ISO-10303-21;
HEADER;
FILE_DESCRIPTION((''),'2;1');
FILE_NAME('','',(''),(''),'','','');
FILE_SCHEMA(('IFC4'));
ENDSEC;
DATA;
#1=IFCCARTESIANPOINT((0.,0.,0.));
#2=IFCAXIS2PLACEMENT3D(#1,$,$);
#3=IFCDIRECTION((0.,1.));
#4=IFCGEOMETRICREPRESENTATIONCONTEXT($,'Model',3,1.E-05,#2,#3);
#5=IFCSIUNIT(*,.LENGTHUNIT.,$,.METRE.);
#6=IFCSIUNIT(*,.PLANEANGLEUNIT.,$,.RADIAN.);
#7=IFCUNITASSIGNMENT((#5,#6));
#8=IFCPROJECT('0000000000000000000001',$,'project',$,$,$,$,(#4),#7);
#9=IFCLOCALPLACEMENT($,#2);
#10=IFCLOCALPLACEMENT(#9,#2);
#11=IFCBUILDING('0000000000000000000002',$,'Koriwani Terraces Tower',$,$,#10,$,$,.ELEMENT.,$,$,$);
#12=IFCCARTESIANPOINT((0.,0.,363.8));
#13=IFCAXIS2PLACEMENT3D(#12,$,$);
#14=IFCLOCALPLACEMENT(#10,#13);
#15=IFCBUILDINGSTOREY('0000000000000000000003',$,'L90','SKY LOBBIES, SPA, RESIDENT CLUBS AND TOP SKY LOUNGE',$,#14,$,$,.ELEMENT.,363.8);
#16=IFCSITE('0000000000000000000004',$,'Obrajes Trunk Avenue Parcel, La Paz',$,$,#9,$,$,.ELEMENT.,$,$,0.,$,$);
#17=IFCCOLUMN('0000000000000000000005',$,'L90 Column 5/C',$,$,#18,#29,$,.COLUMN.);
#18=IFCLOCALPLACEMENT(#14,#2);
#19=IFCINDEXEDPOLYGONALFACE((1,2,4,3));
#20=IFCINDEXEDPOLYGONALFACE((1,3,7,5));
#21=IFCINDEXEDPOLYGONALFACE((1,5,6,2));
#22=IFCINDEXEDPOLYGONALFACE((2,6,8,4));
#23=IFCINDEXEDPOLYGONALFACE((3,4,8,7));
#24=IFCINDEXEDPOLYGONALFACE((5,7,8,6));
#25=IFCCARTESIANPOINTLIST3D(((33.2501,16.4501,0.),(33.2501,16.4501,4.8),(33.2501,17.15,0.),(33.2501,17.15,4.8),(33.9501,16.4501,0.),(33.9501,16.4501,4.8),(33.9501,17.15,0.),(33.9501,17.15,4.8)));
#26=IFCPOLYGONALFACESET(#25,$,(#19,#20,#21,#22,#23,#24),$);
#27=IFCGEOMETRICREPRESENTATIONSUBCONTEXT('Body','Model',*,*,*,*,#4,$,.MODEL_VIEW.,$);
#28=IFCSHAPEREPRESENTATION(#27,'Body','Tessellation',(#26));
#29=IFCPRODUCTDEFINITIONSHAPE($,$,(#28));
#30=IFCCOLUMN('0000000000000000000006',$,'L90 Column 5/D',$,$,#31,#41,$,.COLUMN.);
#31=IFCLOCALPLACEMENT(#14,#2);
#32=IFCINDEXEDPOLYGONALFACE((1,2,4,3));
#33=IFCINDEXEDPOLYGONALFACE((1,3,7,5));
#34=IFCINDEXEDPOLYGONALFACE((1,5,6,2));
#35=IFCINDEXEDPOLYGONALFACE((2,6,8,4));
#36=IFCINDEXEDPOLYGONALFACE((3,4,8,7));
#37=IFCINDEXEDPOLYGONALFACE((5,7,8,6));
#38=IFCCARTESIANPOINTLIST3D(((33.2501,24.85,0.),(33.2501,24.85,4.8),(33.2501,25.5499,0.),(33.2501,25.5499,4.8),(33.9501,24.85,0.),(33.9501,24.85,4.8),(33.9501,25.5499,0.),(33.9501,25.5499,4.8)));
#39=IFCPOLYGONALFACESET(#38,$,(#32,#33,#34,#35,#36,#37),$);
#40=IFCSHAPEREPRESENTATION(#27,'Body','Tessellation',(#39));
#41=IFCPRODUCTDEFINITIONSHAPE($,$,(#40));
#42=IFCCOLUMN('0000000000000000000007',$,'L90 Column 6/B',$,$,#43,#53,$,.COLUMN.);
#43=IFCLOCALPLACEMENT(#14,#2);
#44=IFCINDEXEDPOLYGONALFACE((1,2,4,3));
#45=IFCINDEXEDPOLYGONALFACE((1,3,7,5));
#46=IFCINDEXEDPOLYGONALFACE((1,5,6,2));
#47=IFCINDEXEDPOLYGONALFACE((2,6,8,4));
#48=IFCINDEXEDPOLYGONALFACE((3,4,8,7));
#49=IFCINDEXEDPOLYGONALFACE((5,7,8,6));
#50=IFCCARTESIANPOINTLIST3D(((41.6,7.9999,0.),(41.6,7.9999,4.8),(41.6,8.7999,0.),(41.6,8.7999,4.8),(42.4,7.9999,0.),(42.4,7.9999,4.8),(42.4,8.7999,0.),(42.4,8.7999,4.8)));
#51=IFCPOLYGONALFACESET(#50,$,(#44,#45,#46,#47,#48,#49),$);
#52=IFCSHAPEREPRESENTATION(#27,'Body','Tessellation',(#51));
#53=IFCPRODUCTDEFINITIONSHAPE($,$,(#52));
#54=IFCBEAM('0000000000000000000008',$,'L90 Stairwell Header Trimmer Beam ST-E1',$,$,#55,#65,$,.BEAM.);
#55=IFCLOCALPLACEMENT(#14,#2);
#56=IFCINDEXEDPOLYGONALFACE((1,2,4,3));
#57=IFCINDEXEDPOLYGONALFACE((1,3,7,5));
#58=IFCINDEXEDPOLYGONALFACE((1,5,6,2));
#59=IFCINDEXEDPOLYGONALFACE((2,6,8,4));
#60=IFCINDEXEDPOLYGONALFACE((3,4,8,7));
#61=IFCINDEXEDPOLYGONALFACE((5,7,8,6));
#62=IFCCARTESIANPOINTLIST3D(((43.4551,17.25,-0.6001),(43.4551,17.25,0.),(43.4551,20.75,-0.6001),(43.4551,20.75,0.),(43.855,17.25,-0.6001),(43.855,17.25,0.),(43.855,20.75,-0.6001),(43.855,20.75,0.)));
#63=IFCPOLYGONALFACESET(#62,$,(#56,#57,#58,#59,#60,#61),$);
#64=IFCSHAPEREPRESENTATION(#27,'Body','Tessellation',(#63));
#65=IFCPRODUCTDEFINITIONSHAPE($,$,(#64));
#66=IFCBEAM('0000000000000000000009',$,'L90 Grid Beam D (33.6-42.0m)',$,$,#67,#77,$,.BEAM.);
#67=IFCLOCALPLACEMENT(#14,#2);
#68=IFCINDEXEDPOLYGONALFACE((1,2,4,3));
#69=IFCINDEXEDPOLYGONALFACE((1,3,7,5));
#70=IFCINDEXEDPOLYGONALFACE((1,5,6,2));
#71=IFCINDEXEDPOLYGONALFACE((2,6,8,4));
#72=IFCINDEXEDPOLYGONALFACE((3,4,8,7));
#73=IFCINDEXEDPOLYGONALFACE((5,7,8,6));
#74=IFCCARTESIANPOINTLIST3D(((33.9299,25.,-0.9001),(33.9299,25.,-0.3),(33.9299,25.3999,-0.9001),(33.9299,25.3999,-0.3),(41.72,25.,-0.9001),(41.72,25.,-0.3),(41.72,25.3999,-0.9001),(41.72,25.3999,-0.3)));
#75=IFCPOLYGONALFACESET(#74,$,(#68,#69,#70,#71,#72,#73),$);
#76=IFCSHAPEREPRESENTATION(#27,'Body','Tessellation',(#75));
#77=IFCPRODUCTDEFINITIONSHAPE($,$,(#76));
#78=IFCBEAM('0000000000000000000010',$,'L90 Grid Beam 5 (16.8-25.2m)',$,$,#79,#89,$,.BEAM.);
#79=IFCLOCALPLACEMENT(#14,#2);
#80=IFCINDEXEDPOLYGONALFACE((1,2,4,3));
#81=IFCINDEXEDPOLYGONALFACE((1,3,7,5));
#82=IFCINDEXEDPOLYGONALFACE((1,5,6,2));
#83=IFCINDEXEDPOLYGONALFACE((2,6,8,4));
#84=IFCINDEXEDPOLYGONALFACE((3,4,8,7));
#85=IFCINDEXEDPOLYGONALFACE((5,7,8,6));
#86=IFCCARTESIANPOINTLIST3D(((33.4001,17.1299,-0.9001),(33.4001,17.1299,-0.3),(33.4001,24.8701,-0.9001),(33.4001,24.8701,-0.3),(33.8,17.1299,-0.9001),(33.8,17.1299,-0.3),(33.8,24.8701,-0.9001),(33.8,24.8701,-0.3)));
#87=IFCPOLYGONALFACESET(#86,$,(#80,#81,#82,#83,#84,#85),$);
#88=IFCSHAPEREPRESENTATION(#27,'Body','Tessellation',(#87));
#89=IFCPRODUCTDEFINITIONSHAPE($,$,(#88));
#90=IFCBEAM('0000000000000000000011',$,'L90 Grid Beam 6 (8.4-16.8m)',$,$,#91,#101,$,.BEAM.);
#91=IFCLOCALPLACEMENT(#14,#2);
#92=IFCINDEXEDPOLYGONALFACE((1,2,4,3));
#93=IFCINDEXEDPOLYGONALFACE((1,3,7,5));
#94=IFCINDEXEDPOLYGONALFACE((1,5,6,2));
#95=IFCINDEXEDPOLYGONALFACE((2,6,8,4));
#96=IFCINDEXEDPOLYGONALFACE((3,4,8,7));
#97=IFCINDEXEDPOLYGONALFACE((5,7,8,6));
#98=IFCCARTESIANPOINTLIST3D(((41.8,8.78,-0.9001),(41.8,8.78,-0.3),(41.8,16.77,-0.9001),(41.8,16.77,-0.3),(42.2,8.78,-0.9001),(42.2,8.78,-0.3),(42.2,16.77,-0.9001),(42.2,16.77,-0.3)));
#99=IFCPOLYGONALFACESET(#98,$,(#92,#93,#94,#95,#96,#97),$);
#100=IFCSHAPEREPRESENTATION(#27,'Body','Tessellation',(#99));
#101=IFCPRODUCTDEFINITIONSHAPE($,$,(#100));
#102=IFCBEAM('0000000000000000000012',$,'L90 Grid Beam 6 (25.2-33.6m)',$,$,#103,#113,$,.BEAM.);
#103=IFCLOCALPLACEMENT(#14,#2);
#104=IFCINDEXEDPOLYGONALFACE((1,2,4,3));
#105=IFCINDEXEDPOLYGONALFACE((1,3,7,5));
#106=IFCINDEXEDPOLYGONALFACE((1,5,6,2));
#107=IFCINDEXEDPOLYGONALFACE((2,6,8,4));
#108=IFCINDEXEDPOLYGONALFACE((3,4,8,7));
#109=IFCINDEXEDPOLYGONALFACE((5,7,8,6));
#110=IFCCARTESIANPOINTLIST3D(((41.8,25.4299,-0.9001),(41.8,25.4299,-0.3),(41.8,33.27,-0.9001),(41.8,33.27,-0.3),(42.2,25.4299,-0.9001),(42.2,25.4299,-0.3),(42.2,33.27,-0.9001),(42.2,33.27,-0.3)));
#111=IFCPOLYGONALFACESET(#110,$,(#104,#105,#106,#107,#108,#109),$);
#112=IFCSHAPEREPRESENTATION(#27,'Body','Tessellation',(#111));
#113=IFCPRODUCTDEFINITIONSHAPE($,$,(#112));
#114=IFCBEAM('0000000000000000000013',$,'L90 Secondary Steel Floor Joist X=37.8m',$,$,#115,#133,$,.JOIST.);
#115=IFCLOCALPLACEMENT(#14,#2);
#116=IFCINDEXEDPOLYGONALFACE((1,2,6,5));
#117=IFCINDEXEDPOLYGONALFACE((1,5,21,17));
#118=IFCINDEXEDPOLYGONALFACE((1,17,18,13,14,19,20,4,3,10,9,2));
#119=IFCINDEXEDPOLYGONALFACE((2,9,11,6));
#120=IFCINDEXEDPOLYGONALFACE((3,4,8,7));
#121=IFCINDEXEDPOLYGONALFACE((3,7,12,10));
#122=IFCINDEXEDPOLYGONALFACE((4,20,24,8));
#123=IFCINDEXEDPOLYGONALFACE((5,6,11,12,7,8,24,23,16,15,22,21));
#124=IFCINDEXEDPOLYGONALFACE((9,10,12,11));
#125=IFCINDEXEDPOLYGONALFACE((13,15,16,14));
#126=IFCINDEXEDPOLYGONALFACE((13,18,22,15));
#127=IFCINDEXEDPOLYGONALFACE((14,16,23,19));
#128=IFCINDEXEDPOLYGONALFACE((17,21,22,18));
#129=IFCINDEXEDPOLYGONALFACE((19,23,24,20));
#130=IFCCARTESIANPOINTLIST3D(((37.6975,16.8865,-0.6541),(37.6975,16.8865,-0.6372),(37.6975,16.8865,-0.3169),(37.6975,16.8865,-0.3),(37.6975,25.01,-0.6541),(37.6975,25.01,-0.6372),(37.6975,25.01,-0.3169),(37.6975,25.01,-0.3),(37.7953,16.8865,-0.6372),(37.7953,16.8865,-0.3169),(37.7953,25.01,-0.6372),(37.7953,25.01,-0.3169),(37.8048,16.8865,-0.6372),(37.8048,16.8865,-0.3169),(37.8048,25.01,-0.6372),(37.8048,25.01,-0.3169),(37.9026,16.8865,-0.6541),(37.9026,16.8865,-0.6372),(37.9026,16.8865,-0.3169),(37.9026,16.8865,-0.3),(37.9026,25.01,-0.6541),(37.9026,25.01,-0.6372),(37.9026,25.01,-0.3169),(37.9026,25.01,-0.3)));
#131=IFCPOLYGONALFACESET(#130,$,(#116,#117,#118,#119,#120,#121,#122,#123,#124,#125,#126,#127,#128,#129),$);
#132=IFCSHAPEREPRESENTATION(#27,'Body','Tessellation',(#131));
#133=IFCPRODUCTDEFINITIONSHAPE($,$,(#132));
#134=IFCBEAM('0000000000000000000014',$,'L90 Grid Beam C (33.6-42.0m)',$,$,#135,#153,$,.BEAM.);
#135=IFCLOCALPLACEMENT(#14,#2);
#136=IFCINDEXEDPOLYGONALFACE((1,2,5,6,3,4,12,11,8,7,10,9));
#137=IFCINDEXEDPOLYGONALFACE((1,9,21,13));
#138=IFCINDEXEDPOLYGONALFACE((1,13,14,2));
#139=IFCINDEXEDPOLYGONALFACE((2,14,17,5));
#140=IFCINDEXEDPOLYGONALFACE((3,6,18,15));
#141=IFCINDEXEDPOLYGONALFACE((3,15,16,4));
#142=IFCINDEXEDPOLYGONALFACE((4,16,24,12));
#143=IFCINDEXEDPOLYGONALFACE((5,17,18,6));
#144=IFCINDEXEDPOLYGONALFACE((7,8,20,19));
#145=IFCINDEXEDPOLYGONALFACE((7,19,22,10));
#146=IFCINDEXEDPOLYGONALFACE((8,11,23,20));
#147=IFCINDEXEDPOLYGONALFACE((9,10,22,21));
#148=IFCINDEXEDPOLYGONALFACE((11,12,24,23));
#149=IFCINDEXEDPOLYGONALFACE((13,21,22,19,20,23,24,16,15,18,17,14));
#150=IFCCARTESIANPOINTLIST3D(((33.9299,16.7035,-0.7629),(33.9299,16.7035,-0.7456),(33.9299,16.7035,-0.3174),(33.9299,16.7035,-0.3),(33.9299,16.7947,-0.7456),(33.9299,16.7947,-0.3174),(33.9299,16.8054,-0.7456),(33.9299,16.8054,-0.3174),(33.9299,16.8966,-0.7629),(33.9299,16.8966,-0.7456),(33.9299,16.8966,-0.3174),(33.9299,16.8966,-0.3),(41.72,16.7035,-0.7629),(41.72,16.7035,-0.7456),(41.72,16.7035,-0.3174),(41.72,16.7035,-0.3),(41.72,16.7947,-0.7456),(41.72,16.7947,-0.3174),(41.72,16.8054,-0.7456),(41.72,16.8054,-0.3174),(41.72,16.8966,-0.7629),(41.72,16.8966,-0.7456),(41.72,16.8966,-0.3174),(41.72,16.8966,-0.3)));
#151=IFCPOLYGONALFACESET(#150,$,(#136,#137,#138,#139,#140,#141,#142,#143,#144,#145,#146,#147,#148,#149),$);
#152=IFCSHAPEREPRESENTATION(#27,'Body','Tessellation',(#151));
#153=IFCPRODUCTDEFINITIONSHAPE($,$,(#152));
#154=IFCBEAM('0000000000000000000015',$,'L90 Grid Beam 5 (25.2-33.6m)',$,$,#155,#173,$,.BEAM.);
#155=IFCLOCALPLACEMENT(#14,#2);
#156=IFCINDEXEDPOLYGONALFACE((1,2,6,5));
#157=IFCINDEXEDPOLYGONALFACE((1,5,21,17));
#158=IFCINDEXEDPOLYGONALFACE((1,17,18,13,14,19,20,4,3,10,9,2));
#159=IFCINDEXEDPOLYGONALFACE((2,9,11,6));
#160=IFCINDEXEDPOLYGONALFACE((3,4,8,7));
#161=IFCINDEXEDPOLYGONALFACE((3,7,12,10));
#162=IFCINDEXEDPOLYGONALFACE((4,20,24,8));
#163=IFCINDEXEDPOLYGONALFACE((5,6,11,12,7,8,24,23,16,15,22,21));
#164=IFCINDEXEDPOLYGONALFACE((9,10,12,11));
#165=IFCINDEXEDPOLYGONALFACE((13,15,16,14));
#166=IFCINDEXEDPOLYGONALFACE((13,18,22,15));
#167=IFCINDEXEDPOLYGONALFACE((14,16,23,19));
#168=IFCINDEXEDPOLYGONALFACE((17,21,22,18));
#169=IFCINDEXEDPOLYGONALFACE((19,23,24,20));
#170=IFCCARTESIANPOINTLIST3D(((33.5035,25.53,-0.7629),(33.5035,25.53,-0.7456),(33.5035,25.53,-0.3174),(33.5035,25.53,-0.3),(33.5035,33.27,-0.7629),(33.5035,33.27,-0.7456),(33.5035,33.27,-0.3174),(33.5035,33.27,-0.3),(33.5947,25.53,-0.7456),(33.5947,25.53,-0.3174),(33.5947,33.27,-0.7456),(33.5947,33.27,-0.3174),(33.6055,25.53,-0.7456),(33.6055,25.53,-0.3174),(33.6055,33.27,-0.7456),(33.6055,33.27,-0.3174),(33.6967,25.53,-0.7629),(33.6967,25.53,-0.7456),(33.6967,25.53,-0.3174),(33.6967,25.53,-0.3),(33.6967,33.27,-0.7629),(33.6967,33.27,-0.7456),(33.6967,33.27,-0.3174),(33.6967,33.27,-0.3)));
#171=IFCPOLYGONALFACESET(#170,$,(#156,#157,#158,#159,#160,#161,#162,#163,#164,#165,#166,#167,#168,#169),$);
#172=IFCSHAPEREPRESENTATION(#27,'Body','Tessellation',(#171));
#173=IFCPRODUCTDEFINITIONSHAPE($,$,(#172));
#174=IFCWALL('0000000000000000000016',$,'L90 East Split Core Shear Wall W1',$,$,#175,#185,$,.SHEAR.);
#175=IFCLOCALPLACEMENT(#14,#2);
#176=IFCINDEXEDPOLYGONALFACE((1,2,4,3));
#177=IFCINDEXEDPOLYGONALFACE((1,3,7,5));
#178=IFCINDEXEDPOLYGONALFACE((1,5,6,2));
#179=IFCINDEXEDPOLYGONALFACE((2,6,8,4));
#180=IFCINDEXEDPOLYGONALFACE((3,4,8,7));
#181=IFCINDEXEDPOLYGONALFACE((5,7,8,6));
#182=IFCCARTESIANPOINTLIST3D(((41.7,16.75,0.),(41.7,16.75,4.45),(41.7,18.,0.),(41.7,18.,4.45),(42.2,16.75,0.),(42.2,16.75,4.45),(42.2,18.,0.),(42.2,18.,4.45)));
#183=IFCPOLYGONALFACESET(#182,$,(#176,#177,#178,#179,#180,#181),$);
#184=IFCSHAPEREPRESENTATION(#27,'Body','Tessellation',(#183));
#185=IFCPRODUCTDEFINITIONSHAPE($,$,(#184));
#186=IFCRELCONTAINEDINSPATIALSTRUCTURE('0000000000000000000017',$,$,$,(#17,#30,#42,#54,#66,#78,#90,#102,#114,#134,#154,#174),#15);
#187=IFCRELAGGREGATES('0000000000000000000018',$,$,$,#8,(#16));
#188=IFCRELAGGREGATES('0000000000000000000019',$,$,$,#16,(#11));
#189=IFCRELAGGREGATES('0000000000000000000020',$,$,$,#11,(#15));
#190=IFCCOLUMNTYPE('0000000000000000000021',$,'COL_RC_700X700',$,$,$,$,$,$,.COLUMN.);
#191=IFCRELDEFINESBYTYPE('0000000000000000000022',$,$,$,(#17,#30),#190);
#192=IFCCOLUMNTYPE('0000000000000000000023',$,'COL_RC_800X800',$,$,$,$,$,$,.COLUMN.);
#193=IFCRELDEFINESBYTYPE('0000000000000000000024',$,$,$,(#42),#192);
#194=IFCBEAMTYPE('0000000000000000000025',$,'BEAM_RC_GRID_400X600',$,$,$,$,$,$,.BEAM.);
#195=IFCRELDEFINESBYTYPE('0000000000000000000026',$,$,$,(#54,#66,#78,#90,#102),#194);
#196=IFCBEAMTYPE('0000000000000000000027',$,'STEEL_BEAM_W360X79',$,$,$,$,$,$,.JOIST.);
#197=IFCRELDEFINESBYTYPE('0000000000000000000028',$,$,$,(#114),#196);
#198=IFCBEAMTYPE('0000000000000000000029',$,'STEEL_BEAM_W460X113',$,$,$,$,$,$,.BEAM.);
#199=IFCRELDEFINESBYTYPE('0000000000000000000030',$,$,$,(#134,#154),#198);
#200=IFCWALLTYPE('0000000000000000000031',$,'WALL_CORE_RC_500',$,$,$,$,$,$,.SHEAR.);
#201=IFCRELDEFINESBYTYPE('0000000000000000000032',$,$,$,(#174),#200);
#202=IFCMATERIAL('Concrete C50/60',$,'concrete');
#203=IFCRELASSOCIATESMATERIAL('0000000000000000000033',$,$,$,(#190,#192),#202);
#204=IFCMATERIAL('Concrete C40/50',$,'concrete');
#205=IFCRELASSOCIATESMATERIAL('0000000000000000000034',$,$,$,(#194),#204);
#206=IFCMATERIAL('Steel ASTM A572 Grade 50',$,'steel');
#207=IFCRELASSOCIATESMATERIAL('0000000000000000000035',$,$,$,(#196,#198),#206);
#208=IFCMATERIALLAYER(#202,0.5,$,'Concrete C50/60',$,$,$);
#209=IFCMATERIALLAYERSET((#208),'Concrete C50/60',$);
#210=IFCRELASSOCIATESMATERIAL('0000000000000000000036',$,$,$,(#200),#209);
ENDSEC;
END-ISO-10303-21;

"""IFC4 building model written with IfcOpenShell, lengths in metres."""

from ifc_helpers import new_model, si_unit, direction, frame, frame_2d, origin, origin_2d, place, context, subcontext, project, spatial, rectangle, i_section, extrude, material, layer, layer_set, material_profile, profile_set, type_object, element, save


model = new_model("IFC4")

# Units and contexts
model_context = context("Model", 3, precision=1e-05, world=origin(), true_north=direction((0.0, 1.0)))
body_context = subcontext(model_context, "Body", "Model", "MODEL_VIEW")
ifc_project = project(units=[si_unit("LENGTHUNIT", "METRE"), si_unit("PLANEANGLEUNIT", "RADIAN")], contexts=[model_context])

# Site, building, storey
site_placement = place(None, origin())
site = spatial("IfcSite", under=ifc_project, at=site_placement, Name="Obrajes Trunk Avenue Parcel, La Paz", CompositionType="ELEMENT", RefElevation=0.0)
building_placement = place(site_placement, origin())
building = spatial("IfcBuilding", under=site, at=building_placement, Name="Koriwani Terraces Tower", CompositionType="ELEMENT")
storey_placement = place(building_placement, frame((0.0, 0.0, 363.8)))
storey = spatial("IfcBuildingStorey", under=building, at=storey_placement, Name="L90", Description="SKY LOBBIES, SPA, RESIDENT CLUBS AND TOP SKY LOUNGE", CompositionType="ELEMENT", Elevation=363.8)

# Columns
ifc_material_1 = material(Name="Concrete C50/60", Category="concrete")
ifc_material_profile_1 = material_profile(ifc_material_1, rectangle(XDim=0.7, YDim=0.7, at=origin_2d()), Name="Concrete C50/60", Category="LoadBearing")
ifc_profile_set_1 = profile_set([ifc_material_profile_1], Name="Concrete C50/60")
column_type_1 = type_object("IfcColumnType", Name="COL_RC_700X700", PredefinedType="COLUMN", material=ifc_profile_set_1)
for number, where, z_axis, x_axis, name in (
    (1, (33.6001, 16.8, 0.0), (0.0, 0.0, 1.0), (1.0, 0.0, 0.0), "L90 Column 5/C"),
    (2, (33.6001, 25.2, 0.0), (0.0, 0.0, 1.0), (1.0, 0.0, 0.0), "L90 Column 5/D"),
):
    element("IfcColumn", number, at=place(storey_placement, frame(where, z_axis=z_axis, x_axis=x_axis)), inside=storey, type_object=column_type_1, Name=name, PredefinedType="COLUMN", context=body_context, shape_type="SweptSolid", body=[
        extrude(rectangle(XDim=0.7, YDim=0.7, at=origin_2d()), origin(), (0.0, 0.0, 1.0), 4.8),
    ])
ifc_material_profile_2 = material_profile(ifc_material_1, rectangle(XDim=0.8, YDim=0.8, at=origin_2d()), Name="Concrete C50/60", Category="LoadBearing")
ifc_profile_set_2 = profile_set([ifc_material_profile_2], Name="Concrete C50/60")
column_type_2 = type_object("IfcColumnType", Name="COL_RC_800X800", PredefinedType="COLUMN", material=ifc_profile_set_2)
column_placement = place(storey_placement, frame((42.0, 8.3999, 0.0), z_axis=(0.0, 0.0, 1.0), x_axis=(1.0, 0.0, 0.0)))
element("IfcColumn", 3, at=column_placement, inside=storey, type_object=column_type_2, Name="L90 Column 6/B", PredefinedType="COLUMN", context=body_context, shape_type="SweptSolid", body=[
    extrude(rectangle(XDim=0.8, YDim=0.8, at=origin_2d()), origin(), (0.0, 0.0, 1.0), 4.8),
])

# Beams
ifc_material_2 = material(Name="Concrete C40/50", Category="concrete")
ifc_material_profile_3 = material_profile(ifc_material_2, rectangle(XDim=0.3999, YDim=0.6001, at=origin_2d()), Name="Concrete C40/50", Category="LoadBearing")
ifc_profile_set_3 = profile_set([ifc_material_profile_3], Name="Concrete C40/50")
beam_type_1 = type_object("IfcBeamType", Name="BEAM_RC_GRID_400X600", PredefinedType="BEAM", material=ifc_profile_set_3)
beam_1_placement = place(storey_placement, frame((43.655, 17.25, -0.3), z_axis=(0.0, 1.0, 0.0), x_axis=(-1.0, 0.0, 0.0)))
element("IfcBeam", 4, at=beam_1_placement, inside=storey, type_object=beam_type_1, Name="L90 Stairwell Header Trimmer Beam ST-E1", PredefinedType="BEAM", context=body_context, shape_type="SweptSolid", body=[
    extrude(rectangle(XDim=0.3999, YDim=0.6001, at=origin_2d()), origin(), (0.0, 0.0, 1.0), 3.5),
])
beam_2_placement = place(storey_placement, frame((33.9299, 25.2, -0.6001), z_axis=(1.0, 0.0, 0.0), x_axis=(0.0, 1.0, 0.0)))
element("IfcBeam", 5, at=beam_2_placement, inside=storey, type_object=beam_type_1, Name="L90 Grid Beam D (33.6-42.0m)", PredefinedType="BEAM", context=body_context, shape_type="SweptSolid", body=[
    extrude(rectangle(XDim=0.3999, YDim=0.6001, at=origin_2d()), origin(), (0.0, 0.0, 1.0), 7.79),
])
beam_3_placement = place(storey_placement, frame((33.6001, 17.1299, -0.6001), z_axis=(0.0, 1.0, 0.0), x_axis=(-1.0, 0.0, 0.0)))
element("IfcBeam", 6, at=beam_3_placement, inside=storey, type_object=beam_type_1, Name="L90 Grid Beam 5 (16.8-25.2m)", PredefinedType="BEAM", context=body_context, shape_type="SweptSolid", body=[
    extrude(rectangle(XDim=0.3999, YDim=0.6001, at=origin_2d()), origin(), (0.0, 0.0, 1.0), 7.7402),
])
beam_4_placement = place(storey_placement, frame((42.0, 8.78, -0.6001), z_axis=(0.0, 1.0, 0.0), x_axis=(-1.0, 0.0, 0.0)))
element("IfcBeam", 7, at=beam_4_placement, inside=storey, type_object=beam_type_1, Name="L90 Grid Beam 6 (8.4-16.8m)", PredefinedType="BEAM", context=body_context, shape_type="SweptSolid", body=[
    extrude(rectangle(XDim=0.3999, YDim=0.6001, at=origin_2d()), origin(), (0.0, 0.0, 1.0), 7.99),
])
beam_5_placement = place(storey_placement, frame((42.0, 25.4299, -0.6001), z_axis=(0.0, 1.0, 0.0), x_axis=(-1.0, 0.0, 0.0)))
element("IfcBeam", 8, at=beam_5_placement, inside=storey, type_object=beam_type_1, Name="L90 Grid Beam 6 (25.2-33.6m)", PredefinedType="BEAM", context=body_context, shape_type="SweptSolid", body=[
    extrude(rectangle(XDim=0.3999, YDim=0.6001, at=origin_2d()), origin(), (0.0, 0.0, 1.0), 7.8401),
])
ifc_material_3 = material(Name="Steel ASTM A572 Grade 50", Category="steel")
ifc_material_profile_4 = material_profile(ifc_material_3, i_section(OverallWidth=0.2051, OverallDepth=0.354, WebThickness=0.0095, FlangeThickness=0.0168, at=origin_2d()), Name="Steel ASTM A572 Grade 50", Category="LoadBearing")
ifc_profile_set_4 = profile_set([ifc_material_profile_4], Name="Steel ASTM A572 Grade 50")
beam_type_2 = type_object("IfcBeamType", Name="STEEL_BEAM_W360X79", PredefinedType="JOIST", material=ifc_profile_set_4)
beam_6_placement = place(storey_placement, frame((37.8, 16.8865, -0.4771), z_axis=(0.0, 1.0, 0.0), x_axis=(-1.0, 0.0, 0.0)))
element("IfcBeam", 9, at=beam_6_placement, inside=storey, type_object=beam_type_2, Name="L90 Secondary Steel Floor Joist X=37.8m", PredefinedType="JOIST", context=body_context, shape_type="SweptSolid", body=[
    extrude(i_section(OverallWidth=0.2051, OverallDepth=0.354, WebThickness=0.0095, FlangeThickness=0.0168, at=origin_2d()), origin(), (0.0, 0.0, 1.0), 8.1235),
])
ifc_material_profile_5 = material_profile(ifc_material_3, i_section(OverallWidth=0.1931, OverallDepth=0.4629, WebThickness=0.0107, FlangeThickness=0.0173, at=origin_2d()), Name="Steel ASTM A572 Grade 50", Category="LoadBearing")
ifc_profile_set_5 = profile_set([ifc_material_profile_5], Name="Steel ASTM A572 Grade 50")
beam_type_3 = type_object("IfcBeamType", Name="STEEL_BEAM_W460X113", PredefinedType="BEAM", material=ifc_profile_set_5)
beam_7_placement = place(storey_placement, frame((33.9299, 16.8, -0.5315), z_axis=(1.0, 0.0, 0.0), x_axis=(0.0, 1.0, 0.0)))
element("IfcBeam", 10, at=beam_7_placement, inside=storey, type_object=beam_type_3, Name="L90 Grid Beam C (33.6-42.0m)", PredefinedType="BEAM", context=body_context, shape_type="SweptSolid", body=[
    extrude(i_section(OverallWidth=0.1931, OverallDepth=0.4629, WebThickness=0.0107, FlangeThickness=0.0173, at=origin_2d()), origin(), (0.0, 0.0, 1.0), 7.79),
])
beam_8_placement = place(storey_placement, frame((33.6001, 25.53, -0.5315), z_axis=(0.0, 1.0, 0.0), x_axis=(-1.0, 0.0, 0.0)))
element("IfcBeam", 11, at=beam_8_placement, inside=storey, type_object=beam_type_3, Name="L90 Grid Beam 5 (25.2-33.6m)", PredefinedType="BEAM", context=body_context, shape_type="SweptSolid", body=[
    extrude(i_section(OverallWidth=0.1931, OverallDepth=0.4629, WebThickness=0.0107, FlangeThickness=0.0173, at=origin_2d()), origin(), (0.0, 0.0, 1.0), 7.74),
])

# Wall
ifc_layer_1 = layer(ifc_material_1, 0.5, Name="Concrete C50/60")
ifc_layer_set_1 = layer_set([ifc_layer_1], Name="Concrete C50/60")
wall_type_1 = type_object("IfcWallType", Name="WALL_CORE_RC_500", PredefinedType="SHEAR", material=ifc_layer_set_1)
wall_1_placement = place(storey_placement, frame((41.95, 16.75, 0.0), z_axis=(0.0, 0.0, 1.0), x_axis=(0.0, 1.0, 0.0)))
element("IfcWall", 12, at=wall_1_placement, inside=storey, type_object=wall_type_1, Name="L90 East Split Core Shear Wall W1", PredefinedType="SHEAR", context=body_context, shape_type="SweptSolid", body=[
    extrude(rectangle(XDim=1.25, YDim=0.5, at=frame_2d((0.625, 0.0))), origin(), (0.0, 0.0, 1.0), 4.45),
])

save(model, "model.ifc")
